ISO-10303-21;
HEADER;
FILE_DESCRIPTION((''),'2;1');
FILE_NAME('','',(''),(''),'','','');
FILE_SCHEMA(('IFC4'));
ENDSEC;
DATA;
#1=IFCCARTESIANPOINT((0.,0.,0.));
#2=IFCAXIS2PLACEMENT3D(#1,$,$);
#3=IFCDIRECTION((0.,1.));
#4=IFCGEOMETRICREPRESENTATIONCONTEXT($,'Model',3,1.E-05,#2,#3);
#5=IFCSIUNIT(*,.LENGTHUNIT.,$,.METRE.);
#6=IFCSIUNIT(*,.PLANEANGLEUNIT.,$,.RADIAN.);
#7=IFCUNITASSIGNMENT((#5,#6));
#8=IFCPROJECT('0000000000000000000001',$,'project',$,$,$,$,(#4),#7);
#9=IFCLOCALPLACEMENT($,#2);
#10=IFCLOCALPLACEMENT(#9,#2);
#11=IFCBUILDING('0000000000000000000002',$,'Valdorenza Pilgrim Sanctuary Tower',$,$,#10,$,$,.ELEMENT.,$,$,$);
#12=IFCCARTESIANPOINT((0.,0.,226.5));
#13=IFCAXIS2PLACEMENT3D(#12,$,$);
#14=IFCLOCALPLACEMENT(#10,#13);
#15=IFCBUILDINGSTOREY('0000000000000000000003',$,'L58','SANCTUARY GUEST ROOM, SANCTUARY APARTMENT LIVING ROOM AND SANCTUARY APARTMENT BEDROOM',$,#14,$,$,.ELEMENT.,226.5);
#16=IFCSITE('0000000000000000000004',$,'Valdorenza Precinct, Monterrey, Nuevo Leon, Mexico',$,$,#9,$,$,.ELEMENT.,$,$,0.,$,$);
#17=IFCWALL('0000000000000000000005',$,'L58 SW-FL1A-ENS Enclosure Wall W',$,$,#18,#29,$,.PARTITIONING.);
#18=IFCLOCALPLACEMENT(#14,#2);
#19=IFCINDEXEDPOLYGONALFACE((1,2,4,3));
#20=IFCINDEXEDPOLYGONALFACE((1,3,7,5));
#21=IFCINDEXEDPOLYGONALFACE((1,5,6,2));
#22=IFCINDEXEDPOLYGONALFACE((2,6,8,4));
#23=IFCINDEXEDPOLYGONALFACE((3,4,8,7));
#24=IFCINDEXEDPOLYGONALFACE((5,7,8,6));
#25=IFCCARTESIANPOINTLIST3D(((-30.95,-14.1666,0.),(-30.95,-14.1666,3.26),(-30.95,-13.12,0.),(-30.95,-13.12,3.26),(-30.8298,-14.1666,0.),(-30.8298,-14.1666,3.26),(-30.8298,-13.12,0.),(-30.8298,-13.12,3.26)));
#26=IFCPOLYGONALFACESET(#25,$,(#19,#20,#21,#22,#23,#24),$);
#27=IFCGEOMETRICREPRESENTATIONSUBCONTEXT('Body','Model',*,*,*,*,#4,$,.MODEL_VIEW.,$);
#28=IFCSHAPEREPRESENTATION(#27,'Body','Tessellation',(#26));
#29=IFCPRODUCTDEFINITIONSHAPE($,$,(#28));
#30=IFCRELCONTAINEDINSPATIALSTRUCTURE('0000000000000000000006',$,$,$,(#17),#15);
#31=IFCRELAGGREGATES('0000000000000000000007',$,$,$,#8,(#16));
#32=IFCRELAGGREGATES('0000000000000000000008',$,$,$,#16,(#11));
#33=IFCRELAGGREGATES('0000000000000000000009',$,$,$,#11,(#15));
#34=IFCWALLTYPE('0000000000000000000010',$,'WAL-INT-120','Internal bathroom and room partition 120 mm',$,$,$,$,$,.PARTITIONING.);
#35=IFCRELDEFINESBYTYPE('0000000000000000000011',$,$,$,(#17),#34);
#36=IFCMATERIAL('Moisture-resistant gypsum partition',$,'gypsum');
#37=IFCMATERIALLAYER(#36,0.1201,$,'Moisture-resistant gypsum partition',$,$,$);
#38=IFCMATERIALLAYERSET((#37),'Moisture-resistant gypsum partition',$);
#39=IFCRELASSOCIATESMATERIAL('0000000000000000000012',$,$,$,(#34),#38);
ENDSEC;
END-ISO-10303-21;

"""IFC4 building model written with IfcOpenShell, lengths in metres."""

from ifc_helpers import new_model, si_unit, direction, frame, frame_2d, origin, place, context, subcontext, project, spatial, rectangle, extrude, material, layer, layer_set, type_object, element, save


model = new_model("IFC4")

# Units and contexts
model_context = context("Model", 3, precision=1e-05, world=origin(), true_north=direction((0.0, 1.0)))
body_context = subcontext(model_context, "Body", "Model", "MODEL_VIEW")
ifc_project = project(units=[si_unit("LENGTHUNIT", "METRE"), si_unit("PLANEANGLEUNIT", "RADIAN")], contexts=[model_context])

# Site, building, storey
site_placement = place(None, origin())
site = spatial("IfcSite", under=ifc_project, at=site_placement, Name="Valdorenza Precinct, Monterrey, Nuevo Leon, Mexico", CompositionType="ELEMENT", RefElevation=0.0)
building_placement = place(site_placement, origin())
building = spatial("IfcBuilding", under=site, at=building_placement, Name="Valdorenza Pilgrim Sanctuary Tower", CompositionType="ELEMENT")
storey_placement = place(building_placement, frame((0.0, 0.0, 226.5)))
storey = spatial("IfcBuildingStorey", under=building, at=storey_placement, Name="L58", Description="SANCTUARY GUEST ROOM, SANCTUARY APARTMENT LIVING ROOM AND SANCTUARY APARTMENT BEDROOM", CompositionType="ELEMENT", Elevation=226.5)

# Shared definitions
ifc_material_1 = material(Name="Moisture-resistant gypsum partition", Category="gypsum")
ifc_layer_1 = layer(ifc_material_1, 0.1201, Name="Moisture-resistant gypsum partition")
ifc_layer_set_1 = layer_set([ifc_layer_1], Name="Moisture-resistant gypsum partition")
wall_type_1 = type_object("IfcWallType", Name="WAL-INT-120", Description="Internal bathroom and room partition 120 mm", PredefinedType="PARTITIONING", material=ifc_layer_set_1)

# Wall
wall_1_placement = place(storey_placement, frame((-30.8899, -14.1667, 0.0), z_axis=(0.0, 0.0, 1.0), x_axis=(0.0, 1.0, 0.0)))
element("IfcWall", 1, at=wall_1_placement, inside=storey, type_object=wall_type_1, Name="L58 SW-FL1A-ENS Enclosure Wall W", PredefinedType="PARTITIONING", context=body_context, shape_type="SweptSolid", body=[
    extrude(rectangle(XDim=1.0466, YDim=0.1201, at=frame_2d((0.5234, 0.0))), origin(), (0.0, 0.0, 1.0), 3.26),
])

save(model, "model.ifc")
